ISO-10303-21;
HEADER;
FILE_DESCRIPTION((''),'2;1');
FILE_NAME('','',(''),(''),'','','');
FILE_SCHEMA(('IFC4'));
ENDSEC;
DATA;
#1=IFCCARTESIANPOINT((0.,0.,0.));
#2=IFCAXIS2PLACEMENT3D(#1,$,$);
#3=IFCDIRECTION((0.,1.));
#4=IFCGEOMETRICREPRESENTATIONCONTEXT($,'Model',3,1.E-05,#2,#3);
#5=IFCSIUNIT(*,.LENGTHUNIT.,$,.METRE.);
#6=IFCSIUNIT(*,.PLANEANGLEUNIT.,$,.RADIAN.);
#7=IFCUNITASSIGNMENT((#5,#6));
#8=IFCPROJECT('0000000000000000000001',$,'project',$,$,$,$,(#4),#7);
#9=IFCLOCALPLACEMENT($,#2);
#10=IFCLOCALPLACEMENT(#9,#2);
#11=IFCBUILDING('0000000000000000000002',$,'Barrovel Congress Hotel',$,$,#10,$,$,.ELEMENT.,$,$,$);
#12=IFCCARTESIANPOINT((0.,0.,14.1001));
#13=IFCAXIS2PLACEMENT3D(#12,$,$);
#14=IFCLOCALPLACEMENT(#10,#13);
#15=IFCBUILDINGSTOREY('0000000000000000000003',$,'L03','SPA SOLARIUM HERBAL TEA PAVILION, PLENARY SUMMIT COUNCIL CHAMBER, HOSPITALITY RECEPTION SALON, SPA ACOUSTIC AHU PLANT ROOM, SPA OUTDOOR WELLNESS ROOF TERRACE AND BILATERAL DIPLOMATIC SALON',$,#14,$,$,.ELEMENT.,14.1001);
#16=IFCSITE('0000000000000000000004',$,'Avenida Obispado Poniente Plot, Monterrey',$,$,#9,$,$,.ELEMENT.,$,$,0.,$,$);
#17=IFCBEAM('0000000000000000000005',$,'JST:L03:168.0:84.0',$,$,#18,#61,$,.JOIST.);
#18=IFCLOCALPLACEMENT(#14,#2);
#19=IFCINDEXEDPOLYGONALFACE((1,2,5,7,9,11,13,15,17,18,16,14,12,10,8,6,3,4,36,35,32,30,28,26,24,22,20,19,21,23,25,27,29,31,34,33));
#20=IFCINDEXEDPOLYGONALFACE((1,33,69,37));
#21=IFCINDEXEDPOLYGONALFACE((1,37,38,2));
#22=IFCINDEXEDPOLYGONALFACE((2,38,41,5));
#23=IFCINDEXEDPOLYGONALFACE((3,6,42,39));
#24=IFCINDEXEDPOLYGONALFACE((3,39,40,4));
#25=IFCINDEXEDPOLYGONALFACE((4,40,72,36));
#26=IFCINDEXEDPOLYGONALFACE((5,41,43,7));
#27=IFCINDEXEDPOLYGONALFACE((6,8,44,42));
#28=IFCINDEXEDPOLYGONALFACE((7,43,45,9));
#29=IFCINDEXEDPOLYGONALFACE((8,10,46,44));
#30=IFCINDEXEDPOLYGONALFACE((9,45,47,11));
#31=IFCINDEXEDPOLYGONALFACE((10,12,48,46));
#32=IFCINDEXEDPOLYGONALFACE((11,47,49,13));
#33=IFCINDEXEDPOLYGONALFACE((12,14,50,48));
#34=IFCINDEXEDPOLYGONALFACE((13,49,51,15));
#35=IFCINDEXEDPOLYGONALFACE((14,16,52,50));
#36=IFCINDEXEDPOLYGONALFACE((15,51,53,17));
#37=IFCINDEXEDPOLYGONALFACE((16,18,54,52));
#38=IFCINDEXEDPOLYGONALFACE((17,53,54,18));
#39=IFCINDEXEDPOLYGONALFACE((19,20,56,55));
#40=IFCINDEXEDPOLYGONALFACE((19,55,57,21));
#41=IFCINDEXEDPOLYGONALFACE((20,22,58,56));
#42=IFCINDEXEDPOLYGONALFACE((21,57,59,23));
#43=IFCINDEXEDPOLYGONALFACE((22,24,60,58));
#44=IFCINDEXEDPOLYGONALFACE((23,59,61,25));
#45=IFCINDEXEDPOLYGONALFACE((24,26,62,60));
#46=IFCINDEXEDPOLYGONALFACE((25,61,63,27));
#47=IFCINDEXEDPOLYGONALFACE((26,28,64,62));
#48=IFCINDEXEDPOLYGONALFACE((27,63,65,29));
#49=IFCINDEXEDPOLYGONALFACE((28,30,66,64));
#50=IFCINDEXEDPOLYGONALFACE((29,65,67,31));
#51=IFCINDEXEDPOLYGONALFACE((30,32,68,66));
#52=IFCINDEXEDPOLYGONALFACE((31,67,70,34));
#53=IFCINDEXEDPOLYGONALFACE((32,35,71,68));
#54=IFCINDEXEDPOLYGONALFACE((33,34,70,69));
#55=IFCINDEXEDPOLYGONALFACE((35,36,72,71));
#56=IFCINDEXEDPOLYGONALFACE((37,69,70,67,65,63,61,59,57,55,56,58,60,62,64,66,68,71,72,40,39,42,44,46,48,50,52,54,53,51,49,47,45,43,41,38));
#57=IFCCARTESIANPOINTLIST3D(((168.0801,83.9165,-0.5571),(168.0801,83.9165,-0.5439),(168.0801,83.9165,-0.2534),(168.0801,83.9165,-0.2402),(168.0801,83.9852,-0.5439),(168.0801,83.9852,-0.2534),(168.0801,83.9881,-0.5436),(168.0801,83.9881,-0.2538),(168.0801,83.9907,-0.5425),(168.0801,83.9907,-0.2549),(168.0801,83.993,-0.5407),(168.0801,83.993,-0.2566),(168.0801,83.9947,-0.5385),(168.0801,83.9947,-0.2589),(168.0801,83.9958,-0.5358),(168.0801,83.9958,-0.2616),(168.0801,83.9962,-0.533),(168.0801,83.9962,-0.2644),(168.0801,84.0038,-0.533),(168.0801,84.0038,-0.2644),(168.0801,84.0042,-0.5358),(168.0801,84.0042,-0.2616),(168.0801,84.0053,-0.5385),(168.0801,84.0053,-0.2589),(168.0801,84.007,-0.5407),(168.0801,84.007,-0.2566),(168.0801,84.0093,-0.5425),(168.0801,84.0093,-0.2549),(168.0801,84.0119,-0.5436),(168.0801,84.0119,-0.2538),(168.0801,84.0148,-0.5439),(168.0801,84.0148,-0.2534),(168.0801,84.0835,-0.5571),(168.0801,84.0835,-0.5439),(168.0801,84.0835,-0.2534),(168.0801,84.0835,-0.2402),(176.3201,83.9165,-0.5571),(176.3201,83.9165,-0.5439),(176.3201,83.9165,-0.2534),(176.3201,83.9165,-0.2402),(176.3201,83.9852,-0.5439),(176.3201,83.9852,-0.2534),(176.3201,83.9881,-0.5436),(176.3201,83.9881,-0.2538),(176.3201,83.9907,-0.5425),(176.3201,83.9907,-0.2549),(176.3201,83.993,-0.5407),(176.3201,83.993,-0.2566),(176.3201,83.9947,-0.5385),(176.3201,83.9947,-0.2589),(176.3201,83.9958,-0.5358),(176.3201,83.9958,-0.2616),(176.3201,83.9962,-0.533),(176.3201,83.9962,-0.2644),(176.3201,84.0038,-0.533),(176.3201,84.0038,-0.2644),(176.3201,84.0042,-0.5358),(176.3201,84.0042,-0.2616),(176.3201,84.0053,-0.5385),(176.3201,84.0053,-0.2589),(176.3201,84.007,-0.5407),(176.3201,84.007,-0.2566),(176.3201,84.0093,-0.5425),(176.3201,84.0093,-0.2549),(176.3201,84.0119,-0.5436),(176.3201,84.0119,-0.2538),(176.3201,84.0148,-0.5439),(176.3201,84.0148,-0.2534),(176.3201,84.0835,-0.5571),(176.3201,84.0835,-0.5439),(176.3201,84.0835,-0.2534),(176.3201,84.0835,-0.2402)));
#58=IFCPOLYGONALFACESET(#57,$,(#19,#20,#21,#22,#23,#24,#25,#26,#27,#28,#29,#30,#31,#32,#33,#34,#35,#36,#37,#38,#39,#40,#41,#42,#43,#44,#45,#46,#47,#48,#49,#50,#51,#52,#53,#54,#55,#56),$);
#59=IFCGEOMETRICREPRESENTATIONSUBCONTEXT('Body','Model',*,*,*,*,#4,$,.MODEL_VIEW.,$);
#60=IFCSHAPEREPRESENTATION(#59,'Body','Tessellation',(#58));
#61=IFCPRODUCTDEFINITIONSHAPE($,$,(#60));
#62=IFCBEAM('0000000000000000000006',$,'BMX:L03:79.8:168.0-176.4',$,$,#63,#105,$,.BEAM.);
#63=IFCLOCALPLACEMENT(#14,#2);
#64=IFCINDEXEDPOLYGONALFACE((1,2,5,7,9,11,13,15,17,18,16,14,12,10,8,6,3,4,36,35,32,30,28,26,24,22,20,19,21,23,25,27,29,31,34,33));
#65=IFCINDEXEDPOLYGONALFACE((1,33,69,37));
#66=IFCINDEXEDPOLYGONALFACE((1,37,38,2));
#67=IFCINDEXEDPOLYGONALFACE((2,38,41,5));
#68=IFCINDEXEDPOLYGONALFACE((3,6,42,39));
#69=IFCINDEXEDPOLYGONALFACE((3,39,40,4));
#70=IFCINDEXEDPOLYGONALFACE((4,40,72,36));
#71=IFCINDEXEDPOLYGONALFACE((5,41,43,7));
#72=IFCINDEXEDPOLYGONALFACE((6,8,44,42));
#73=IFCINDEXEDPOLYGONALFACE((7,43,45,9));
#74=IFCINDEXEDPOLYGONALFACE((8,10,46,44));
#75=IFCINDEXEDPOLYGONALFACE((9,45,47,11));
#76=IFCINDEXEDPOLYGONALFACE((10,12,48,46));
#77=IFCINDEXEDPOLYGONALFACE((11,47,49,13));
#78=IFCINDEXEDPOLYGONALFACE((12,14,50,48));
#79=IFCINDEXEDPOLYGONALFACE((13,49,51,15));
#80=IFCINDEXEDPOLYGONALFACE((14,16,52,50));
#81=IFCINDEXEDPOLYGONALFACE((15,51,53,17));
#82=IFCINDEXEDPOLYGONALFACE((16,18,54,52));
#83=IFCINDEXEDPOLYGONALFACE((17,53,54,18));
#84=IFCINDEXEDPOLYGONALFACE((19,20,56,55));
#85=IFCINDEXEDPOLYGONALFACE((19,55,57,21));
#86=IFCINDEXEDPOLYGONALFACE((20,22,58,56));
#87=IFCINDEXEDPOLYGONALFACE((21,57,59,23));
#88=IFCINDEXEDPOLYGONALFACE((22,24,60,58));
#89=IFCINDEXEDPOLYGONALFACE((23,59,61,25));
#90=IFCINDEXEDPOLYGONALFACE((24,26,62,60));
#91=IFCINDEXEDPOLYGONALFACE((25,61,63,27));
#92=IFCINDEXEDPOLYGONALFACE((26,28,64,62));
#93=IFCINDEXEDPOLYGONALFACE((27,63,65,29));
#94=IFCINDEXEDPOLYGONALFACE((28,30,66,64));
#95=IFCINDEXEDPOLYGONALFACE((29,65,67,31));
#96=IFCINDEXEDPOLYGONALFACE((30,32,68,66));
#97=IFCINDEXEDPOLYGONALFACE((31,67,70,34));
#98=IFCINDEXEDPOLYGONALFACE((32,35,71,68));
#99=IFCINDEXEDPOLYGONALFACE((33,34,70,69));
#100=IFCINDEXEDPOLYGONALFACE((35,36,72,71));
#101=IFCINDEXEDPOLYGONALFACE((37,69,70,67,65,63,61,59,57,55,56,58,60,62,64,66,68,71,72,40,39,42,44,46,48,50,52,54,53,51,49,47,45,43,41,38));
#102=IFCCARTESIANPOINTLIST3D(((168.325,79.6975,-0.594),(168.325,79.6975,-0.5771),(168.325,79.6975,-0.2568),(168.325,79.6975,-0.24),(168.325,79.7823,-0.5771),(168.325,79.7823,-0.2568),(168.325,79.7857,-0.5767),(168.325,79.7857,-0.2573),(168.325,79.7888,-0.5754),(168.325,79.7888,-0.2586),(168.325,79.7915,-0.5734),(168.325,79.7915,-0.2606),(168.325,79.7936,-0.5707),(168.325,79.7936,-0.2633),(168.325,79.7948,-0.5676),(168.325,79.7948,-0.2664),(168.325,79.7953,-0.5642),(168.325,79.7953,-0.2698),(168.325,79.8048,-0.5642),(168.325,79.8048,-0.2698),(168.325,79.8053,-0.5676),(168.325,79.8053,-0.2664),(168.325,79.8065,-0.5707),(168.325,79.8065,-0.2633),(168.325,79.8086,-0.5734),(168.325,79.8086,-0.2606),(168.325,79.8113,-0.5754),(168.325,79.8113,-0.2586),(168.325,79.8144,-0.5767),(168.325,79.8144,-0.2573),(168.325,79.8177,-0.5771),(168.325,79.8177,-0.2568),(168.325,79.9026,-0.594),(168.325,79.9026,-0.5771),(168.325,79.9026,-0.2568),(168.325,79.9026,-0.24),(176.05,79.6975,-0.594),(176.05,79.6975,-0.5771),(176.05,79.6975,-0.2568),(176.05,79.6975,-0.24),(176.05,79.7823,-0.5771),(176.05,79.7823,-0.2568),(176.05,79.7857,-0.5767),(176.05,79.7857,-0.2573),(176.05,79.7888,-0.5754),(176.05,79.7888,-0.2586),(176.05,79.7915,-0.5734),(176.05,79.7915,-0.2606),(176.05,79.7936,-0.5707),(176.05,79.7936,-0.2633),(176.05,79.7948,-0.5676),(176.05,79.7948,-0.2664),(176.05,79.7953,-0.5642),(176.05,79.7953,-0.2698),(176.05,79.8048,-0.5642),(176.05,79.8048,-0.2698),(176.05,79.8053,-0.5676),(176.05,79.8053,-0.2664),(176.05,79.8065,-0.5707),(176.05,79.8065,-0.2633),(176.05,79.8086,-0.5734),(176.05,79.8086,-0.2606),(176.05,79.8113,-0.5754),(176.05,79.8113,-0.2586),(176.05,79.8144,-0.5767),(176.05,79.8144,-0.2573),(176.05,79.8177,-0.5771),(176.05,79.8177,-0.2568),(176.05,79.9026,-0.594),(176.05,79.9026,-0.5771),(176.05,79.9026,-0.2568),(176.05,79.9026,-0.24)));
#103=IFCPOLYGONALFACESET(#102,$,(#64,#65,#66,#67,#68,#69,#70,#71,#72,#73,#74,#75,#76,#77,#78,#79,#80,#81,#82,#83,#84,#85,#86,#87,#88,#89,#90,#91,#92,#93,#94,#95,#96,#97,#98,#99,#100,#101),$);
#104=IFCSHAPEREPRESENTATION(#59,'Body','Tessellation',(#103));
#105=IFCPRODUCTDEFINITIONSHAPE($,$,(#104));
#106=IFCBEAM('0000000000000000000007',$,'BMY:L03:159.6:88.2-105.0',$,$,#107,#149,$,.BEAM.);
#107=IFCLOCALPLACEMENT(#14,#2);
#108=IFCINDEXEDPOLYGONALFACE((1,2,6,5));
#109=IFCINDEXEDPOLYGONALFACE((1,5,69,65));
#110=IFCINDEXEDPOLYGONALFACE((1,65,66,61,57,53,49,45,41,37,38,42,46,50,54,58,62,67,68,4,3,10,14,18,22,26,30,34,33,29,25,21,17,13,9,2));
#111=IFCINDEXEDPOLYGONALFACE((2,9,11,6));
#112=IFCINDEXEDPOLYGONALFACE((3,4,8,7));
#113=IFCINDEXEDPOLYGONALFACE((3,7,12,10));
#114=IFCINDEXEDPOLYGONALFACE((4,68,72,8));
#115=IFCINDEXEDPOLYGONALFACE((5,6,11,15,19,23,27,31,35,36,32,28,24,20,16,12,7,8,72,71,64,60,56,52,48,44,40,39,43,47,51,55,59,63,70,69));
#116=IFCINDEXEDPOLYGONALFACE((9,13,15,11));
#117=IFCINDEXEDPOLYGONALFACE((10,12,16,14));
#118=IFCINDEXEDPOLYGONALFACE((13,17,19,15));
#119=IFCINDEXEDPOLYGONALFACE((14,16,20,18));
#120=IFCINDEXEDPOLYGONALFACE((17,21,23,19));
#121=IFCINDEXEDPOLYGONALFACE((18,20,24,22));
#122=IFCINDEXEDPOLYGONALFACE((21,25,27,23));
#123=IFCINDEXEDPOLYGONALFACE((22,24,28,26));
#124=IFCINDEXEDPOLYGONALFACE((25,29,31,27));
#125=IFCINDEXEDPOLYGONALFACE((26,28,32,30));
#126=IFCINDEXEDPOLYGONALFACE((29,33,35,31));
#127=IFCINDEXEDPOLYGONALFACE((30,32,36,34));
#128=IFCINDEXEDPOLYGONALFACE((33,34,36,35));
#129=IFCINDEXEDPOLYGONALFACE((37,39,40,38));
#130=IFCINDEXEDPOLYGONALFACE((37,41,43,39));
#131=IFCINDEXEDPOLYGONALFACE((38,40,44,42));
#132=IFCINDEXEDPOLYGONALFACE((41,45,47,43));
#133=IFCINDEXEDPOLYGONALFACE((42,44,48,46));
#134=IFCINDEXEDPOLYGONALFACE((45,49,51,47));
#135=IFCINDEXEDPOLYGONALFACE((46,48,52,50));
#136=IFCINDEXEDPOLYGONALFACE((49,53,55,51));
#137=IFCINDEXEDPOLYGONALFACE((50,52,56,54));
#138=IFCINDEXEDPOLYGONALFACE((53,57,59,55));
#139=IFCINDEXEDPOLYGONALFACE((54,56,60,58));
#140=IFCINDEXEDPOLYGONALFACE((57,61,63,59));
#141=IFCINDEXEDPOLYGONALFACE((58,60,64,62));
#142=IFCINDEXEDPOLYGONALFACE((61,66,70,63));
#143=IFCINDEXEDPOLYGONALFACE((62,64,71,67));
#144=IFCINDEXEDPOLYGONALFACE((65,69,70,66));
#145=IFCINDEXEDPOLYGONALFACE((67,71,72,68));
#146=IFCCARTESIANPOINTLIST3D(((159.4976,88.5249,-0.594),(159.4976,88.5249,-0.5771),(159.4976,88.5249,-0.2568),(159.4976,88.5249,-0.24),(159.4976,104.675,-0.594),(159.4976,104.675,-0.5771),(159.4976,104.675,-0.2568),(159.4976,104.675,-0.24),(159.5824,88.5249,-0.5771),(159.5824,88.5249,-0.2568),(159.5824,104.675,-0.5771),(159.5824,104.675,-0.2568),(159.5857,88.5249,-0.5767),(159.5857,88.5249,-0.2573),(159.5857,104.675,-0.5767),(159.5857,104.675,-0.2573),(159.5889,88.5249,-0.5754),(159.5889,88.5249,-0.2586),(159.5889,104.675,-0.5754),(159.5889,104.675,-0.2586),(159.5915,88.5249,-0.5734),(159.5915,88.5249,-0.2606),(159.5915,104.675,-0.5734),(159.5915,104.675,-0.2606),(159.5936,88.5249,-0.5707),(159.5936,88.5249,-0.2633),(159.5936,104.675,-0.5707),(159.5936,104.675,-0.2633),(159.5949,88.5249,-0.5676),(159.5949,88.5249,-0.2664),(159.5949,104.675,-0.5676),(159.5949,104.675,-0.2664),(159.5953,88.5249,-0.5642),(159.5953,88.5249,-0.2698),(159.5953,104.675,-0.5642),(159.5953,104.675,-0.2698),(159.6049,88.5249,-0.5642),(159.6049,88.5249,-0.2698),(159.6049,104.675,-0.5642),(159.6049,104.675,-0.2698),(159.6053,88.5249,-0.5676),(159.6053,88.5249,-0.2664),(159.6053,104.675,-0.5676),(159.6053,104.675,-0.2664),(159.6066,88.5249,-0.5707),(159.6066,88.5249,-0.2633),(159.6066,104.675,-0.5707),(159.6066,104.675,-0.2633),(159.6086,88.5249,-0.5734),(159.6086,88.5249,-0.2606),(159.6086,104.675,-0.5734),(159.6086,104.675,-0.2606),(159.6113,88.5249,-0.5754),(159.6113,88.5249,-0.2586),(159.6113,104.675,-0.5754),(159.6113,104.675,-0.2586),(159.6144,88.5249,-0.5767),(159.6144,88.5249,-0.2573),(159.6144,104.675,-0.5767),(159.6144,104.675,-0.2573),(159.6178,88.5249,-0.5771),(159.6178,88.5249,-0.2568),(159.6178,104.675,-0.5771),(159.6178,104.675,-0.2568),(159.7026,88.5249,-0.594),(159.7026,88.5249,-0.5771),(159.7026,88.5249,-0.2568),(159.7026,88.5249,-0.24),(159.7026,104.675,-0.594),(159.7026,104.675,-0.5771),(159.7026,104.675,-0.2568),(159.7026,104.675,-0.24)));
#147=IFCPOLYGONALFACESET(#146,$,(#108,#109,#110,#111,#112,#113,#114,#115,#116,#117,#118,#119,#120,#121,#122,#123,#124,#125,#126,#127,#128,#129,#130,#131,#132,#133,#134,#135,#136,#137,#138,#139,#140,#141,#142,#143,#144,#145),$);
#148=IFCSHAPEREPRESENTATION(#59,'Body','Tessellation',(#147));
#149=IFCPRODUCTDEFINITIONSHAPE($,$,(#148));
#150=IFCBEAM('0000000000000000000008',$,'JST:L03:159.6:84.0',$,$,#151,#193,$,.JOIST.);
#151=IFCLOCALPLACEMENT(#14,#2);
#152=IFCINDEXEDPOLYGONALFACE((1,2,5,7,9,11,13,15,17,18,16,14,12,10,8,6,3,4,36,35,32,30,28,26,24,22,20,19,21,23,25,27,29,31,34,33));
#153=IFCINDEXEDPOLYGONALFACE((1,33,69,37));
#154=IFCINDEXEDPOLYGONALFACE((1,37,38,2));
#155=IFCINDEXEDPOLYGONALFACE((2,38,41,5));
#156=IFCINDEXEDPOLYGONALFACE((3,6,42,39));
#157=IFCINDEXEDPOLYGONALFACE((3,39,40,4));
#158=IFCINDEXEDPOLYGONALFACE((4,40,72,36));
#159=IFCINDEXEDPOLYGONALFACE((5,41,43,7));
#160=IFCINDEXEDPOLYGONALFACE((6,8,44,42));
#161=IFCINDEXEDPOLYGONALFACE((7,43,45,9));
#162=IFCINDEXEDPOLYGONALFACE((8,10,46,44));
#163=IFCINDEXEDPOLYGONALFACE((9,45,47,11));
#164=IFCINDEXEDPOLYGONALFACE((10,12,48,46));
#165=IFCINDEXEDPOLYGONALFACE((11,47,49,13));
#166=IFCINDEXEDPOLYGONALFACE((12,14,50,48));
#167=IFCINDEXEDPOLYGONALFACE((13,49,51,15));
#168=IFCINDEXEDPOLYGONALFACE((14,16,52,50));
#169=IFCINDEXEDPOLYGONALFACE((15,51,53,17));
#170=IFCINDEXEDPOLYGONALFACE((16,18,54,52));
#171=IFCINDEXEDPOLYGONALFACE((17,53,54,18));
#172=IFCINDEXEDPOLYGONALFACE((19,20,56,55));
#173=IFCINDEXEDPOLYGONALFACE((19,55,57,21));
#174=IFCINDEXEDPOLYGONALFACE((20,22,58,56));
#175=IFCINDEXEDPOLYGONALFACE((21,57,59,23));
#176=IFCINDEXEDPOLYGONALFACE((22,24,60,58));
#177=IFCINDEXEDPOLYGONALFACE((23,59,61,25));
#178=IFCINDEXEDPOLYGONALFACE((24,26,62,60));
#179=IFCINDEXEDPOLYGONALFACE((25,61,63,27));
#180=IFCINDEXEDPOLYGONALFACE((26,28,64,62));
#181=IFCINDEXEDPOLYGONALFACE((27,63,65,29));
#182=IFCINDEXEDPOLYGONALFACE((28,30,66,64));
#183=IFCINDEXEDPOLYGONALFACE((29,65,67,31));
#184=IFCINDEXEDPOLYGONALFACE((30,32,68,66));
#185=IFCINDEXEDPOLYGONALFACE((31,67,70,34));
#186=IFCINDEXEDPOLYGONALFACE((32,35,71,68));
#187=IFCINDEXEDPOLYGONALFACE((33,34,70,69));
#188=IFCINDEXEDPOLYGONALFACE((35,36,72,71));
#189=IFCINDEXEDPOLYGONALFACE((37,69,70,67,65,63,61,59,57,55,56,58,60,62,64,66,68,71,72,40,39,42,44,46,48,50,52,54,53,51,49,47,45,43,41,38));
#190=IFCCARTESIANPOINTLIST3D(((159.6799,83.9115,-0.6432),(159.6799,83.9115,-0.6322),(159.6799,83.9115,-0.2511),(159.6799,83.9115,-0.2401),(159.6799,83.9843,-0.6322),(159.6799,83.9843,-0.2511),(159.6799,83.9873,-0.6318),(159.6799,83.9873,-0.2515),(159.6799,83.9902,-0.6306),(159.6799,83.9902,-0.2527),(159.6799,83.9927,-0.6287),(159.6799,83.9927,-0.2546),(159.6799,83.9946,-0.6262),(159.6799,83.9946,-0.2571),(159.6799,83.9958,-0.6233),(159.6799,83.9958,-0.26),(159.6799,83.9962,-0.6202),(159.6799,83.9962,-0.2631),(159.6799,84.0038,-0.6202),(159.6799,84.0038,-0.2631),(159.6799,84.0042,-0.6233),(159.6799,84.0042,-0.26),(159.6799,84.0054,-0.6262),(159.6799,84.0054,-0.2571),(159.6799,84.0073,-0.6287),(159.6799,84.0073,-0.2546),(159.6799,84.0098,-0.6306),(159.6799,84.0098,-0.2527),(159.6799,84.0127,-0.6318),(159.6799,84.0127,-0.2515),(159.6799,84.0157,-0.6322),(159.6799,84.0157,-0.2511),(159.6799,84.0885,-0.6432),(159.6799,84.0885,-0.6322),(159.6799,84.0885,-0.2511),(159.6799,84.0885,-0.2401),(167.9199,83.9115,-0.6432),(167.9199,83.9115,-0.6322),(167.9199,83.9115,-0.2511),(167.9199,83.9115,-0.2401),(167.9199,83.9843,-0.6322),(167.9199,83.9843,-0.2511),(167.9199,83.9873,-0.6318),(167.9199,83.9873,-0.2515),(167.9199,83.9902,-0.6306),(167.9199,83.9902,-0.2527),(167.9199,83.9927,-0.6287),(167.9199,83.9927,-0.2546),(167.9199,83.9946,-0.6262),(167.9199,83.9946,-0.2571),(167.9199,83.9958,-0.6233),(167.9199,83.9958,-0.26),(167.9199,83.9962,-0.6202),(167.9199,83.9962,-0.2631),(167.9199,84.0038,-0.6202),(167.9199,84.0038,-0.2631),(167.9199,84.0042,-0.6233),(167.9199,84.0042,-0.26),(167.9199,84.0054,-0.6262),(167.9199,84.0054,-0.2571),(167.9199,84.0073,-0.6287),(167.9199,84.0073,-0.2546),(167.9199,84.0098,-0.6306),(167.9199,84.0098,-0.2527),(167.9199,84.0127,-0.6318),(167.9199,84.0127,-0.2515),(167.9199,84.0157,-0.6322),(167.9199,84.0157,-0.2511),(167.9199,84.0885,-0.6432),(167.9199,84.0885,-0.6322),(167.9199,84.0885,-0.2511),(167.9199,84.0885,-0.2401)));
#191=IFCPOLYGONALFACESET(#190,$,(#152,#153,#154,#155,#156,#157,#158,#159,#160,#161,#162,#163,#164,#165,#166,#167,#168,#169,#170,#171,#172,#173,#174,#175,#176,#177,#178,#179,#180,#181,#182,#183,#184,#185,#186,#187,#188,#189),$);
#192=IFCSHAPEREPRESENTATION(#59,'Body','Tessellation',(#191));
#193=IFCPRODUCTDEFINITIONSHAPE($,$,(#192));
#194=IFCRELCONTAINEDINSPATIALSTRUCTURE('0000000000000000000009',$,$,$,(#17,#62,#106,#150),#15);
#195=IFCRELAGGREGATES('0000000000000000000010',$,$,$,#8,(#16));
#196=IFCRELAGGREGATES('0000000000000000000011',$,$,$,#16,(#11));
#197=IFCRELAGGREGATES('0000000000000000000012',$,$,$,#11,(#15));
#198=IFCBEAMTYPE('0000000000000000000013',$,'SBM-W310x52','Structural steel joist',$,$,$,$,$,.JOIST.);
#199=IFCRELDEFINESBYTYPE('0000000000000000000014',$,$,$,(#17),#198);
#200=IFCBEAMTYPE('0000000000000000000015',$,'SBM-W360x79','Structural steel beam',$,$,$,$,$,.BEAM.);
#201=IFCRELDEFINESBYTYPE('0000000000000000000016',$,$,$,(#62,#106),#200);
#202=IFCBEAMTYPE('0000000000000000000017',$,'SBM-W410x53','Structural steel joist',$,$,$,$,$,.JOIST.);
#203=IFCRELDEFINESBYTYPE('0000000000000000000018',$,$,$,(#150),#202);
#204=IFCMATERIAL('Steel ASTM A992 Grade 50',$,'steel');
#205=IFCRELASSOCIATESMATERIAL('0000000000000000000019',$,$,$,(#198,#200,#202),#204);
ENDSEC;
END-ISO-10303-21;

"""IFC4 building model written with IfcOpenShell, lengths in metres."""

from ifc_helpers import new_model, si_unit, direction, frame, origin, origin_2d, place, context, subcontext, project, spatial, i_section, extrude, material, material_profile, profile_set, type_object, element, save


model = new_model("IFC4")

# Units and contexts
model_context = context("Model", 3, precision=1e-05, world=origin(), true_north=direction((0.0, 1.0)))
body_context = subcontext(model_context, "Body", "Model", "MODEL_VIEW")
ifc_project = project(units=[si_unit("LENGTHUNIT", "METRE"), si_unit("PLANEANGLEUNIT", "RADIAN")], contexts=[model_context])

# Site, building, storey
site_placement = place(None, origin())
site = spatial("IfcSite", under=ifc_project, at=site_placement, Name="Avenida Obispado Poniente Plot, Monterrey", CompositionType="ELEMENT", RefElevation=0.0)
building_placement = place(site_placement, origin())
building = spatial("IfcBuilding", under=site, at=building_placement, Name="Barrovel Congress Hotel", CompositionType="ELEMENT")
storey_placement = place(building_placement, frame((0.0, 0.0, 14.1001)))
storey = spatial("IfcBuildingStorey", under=building, at=storey_placement, Name="L03", Description="SPA SOLARIUM HERBAL TEA PAVILION, PLENARY SUMMIT COUNCIL CHAMBER, HOSPITALITY RECEPTION SALON, SPA ACOUSTIC AHU PLANT ROOM, SPA OUTDOOR WELLNESS ROOF TERRACE AND BILATERAL DIPLOMATIC SALON", CompositionType="ELEMENT", Elevation=14.1001)

# Beams
ifc_material_1 = material(Name="Steel ASTM A992 Grade 50", Category="steel")
ifc_material_profile_1 = material_profile(ifc_material_1, i_section(OverallWidth=0.167, OverallDepth=0.3169, WebThickness=0.0076, FlangeThickness=0.0132, FilletRadius=0.011, at=origin_2d()), Name="W310x52")
ifc_profile_set_1 = profile_set([ifc_material_profile_1], Name="Steel ASTM A992 Grade 50")
beam_type_1 = type_object("IfcBeamType", Name="SBM-W310x52", Description="Structural steel joist", PredefinedType="JOIST", material=ifc_profile_set_1)
beam_1_placement = place(storey_placement, frame((168.0801, 84.0, -0.3987), z_axis=(1.0, 0.0, 0.0), x_axis=(0.0, 1.0, 0.0)))
element("IfcBeam", 1, at=beam_1_placement, inside=storey, type_object=beam_type_1, Name="JST:L03:168.0:84.0", PredefinedType="JOIST", context=body_context, shape_type="SweptSolid", body=[
    extrude(i_section(OverallWidth=0.167, OverallDepth=0.3169, WebThickness=0.0076, FlangeThickness=0.0132, FilletRadius=0.011, at=origin_2d()), origin(), (0.0, 0.0, 1.0), 8.24),
])
ifc_material_profile_2 = material_profile(ifc_material_1, i_section(OverallWidth=0.2051, OverallDepth=0.354, WebThickness=0.0095, FlangeThickness=0.0168, FilletRadius=0.0129, at=origin_2d()), Name="W360x79")
ifc_profile_set_2 = profile_set([ifc_material_profile_2], Name="Steel ASTM A992 Grade 50")
beam_type_2 = type_object("IfcBeamType", Name="SBM-W360x79", Description="Structural steel beam", PredefinedType="BEAM", material=ifc_profile_set_2)
beam_2_placement = place(storey_placement, frame((168.325, 79.8, -0.417), z_axis=(1.0, 0.0, 0.0), x_axis=(0.0, 1.0, 0.0)))
element("IfcBeam", 2, at=beam_2_placement, inside=storey, type_object=beam_type_2, Name="BMX:L03:79.8:168.0-176.4", PredefinedType="BEAM", context=body_context, shape_type="SweptSolid", body=[
    extrude(i_section(OverallWidth=0.2051, OverallDepth=0.354, WebThickness=0.0095, FlangeThickness=0.0168, FilletRadius=0.0129, at=origin_2d()), origin(), (0.0, 0.0, 1.0), 7.7251),
])
beam_3_placement = place(storey_placement, frame((159.6001, 88.5249, -0.417), z_axis=(0.0, 1.0, 0.0), x_axis=(-1.0, 0.0, 0.0)))
element("IfcBeam", 3, at=beam_3_placement, inside=storey, type_object=beam_type_2, Name="BMY:L03:159.6:88.2-105.0", PredefinedType="BEAM", context=body_context, shape_type="SweptSolid", body=[
    extrude(i_section(OverallWidth=0.2051, OverallDepth=0.354, WebThickness=0.0095, FlangeThickness=0.0168, FilletRadius=0.0129, at=origin_2d()), origin(), (0.0, 0.0, 1.0), 16.1501),
])
ifc_material_profile_3 = material_profile(ifc_material_1, i_section(OverallWidth=0.177, OverallDepth=0.4031, WebThickness=0.0076, FlangeThickness=0.011, FilletRadius=0.012, at=origin_2d()), Name="W410x53")
ifc_profile_set_3 = profile_set([ifc_material_profile_3], Name="Steel ASTM A992 Grade 50")
beam_type_3 = type_object("IfcBeamType", Name="SBM-W410x53", Description="Structural steel joist", PredefinedType="JOIST", material=ifc_profile_set_3)
beam_4_placement = place(storey_placement, frame((159.6799, 84.0, -0.4417), z_axis=(1.0, 0.0, 0.0), x_axis=(0.0, 1.0, 0.0)))
element("IfcBeam", 4, at=beam_4_placement, inside=storey, type_object=beam_type_3, Name="JST:L03:159.6:84.0", PredefinedType="JOIST", context=body_context, shape_type="SweptSolid", body=[
    extrude(i_section(OverallWidth=0.177, OverallDepth=0.4031, WebThickness=0.0076, FlangeThickness=0.011, FilletRadius=0.012, at=origin_2d()), origin(), (0.0, 0.0, 1.0), 8.24),
])

save(model, "model.ifc")
